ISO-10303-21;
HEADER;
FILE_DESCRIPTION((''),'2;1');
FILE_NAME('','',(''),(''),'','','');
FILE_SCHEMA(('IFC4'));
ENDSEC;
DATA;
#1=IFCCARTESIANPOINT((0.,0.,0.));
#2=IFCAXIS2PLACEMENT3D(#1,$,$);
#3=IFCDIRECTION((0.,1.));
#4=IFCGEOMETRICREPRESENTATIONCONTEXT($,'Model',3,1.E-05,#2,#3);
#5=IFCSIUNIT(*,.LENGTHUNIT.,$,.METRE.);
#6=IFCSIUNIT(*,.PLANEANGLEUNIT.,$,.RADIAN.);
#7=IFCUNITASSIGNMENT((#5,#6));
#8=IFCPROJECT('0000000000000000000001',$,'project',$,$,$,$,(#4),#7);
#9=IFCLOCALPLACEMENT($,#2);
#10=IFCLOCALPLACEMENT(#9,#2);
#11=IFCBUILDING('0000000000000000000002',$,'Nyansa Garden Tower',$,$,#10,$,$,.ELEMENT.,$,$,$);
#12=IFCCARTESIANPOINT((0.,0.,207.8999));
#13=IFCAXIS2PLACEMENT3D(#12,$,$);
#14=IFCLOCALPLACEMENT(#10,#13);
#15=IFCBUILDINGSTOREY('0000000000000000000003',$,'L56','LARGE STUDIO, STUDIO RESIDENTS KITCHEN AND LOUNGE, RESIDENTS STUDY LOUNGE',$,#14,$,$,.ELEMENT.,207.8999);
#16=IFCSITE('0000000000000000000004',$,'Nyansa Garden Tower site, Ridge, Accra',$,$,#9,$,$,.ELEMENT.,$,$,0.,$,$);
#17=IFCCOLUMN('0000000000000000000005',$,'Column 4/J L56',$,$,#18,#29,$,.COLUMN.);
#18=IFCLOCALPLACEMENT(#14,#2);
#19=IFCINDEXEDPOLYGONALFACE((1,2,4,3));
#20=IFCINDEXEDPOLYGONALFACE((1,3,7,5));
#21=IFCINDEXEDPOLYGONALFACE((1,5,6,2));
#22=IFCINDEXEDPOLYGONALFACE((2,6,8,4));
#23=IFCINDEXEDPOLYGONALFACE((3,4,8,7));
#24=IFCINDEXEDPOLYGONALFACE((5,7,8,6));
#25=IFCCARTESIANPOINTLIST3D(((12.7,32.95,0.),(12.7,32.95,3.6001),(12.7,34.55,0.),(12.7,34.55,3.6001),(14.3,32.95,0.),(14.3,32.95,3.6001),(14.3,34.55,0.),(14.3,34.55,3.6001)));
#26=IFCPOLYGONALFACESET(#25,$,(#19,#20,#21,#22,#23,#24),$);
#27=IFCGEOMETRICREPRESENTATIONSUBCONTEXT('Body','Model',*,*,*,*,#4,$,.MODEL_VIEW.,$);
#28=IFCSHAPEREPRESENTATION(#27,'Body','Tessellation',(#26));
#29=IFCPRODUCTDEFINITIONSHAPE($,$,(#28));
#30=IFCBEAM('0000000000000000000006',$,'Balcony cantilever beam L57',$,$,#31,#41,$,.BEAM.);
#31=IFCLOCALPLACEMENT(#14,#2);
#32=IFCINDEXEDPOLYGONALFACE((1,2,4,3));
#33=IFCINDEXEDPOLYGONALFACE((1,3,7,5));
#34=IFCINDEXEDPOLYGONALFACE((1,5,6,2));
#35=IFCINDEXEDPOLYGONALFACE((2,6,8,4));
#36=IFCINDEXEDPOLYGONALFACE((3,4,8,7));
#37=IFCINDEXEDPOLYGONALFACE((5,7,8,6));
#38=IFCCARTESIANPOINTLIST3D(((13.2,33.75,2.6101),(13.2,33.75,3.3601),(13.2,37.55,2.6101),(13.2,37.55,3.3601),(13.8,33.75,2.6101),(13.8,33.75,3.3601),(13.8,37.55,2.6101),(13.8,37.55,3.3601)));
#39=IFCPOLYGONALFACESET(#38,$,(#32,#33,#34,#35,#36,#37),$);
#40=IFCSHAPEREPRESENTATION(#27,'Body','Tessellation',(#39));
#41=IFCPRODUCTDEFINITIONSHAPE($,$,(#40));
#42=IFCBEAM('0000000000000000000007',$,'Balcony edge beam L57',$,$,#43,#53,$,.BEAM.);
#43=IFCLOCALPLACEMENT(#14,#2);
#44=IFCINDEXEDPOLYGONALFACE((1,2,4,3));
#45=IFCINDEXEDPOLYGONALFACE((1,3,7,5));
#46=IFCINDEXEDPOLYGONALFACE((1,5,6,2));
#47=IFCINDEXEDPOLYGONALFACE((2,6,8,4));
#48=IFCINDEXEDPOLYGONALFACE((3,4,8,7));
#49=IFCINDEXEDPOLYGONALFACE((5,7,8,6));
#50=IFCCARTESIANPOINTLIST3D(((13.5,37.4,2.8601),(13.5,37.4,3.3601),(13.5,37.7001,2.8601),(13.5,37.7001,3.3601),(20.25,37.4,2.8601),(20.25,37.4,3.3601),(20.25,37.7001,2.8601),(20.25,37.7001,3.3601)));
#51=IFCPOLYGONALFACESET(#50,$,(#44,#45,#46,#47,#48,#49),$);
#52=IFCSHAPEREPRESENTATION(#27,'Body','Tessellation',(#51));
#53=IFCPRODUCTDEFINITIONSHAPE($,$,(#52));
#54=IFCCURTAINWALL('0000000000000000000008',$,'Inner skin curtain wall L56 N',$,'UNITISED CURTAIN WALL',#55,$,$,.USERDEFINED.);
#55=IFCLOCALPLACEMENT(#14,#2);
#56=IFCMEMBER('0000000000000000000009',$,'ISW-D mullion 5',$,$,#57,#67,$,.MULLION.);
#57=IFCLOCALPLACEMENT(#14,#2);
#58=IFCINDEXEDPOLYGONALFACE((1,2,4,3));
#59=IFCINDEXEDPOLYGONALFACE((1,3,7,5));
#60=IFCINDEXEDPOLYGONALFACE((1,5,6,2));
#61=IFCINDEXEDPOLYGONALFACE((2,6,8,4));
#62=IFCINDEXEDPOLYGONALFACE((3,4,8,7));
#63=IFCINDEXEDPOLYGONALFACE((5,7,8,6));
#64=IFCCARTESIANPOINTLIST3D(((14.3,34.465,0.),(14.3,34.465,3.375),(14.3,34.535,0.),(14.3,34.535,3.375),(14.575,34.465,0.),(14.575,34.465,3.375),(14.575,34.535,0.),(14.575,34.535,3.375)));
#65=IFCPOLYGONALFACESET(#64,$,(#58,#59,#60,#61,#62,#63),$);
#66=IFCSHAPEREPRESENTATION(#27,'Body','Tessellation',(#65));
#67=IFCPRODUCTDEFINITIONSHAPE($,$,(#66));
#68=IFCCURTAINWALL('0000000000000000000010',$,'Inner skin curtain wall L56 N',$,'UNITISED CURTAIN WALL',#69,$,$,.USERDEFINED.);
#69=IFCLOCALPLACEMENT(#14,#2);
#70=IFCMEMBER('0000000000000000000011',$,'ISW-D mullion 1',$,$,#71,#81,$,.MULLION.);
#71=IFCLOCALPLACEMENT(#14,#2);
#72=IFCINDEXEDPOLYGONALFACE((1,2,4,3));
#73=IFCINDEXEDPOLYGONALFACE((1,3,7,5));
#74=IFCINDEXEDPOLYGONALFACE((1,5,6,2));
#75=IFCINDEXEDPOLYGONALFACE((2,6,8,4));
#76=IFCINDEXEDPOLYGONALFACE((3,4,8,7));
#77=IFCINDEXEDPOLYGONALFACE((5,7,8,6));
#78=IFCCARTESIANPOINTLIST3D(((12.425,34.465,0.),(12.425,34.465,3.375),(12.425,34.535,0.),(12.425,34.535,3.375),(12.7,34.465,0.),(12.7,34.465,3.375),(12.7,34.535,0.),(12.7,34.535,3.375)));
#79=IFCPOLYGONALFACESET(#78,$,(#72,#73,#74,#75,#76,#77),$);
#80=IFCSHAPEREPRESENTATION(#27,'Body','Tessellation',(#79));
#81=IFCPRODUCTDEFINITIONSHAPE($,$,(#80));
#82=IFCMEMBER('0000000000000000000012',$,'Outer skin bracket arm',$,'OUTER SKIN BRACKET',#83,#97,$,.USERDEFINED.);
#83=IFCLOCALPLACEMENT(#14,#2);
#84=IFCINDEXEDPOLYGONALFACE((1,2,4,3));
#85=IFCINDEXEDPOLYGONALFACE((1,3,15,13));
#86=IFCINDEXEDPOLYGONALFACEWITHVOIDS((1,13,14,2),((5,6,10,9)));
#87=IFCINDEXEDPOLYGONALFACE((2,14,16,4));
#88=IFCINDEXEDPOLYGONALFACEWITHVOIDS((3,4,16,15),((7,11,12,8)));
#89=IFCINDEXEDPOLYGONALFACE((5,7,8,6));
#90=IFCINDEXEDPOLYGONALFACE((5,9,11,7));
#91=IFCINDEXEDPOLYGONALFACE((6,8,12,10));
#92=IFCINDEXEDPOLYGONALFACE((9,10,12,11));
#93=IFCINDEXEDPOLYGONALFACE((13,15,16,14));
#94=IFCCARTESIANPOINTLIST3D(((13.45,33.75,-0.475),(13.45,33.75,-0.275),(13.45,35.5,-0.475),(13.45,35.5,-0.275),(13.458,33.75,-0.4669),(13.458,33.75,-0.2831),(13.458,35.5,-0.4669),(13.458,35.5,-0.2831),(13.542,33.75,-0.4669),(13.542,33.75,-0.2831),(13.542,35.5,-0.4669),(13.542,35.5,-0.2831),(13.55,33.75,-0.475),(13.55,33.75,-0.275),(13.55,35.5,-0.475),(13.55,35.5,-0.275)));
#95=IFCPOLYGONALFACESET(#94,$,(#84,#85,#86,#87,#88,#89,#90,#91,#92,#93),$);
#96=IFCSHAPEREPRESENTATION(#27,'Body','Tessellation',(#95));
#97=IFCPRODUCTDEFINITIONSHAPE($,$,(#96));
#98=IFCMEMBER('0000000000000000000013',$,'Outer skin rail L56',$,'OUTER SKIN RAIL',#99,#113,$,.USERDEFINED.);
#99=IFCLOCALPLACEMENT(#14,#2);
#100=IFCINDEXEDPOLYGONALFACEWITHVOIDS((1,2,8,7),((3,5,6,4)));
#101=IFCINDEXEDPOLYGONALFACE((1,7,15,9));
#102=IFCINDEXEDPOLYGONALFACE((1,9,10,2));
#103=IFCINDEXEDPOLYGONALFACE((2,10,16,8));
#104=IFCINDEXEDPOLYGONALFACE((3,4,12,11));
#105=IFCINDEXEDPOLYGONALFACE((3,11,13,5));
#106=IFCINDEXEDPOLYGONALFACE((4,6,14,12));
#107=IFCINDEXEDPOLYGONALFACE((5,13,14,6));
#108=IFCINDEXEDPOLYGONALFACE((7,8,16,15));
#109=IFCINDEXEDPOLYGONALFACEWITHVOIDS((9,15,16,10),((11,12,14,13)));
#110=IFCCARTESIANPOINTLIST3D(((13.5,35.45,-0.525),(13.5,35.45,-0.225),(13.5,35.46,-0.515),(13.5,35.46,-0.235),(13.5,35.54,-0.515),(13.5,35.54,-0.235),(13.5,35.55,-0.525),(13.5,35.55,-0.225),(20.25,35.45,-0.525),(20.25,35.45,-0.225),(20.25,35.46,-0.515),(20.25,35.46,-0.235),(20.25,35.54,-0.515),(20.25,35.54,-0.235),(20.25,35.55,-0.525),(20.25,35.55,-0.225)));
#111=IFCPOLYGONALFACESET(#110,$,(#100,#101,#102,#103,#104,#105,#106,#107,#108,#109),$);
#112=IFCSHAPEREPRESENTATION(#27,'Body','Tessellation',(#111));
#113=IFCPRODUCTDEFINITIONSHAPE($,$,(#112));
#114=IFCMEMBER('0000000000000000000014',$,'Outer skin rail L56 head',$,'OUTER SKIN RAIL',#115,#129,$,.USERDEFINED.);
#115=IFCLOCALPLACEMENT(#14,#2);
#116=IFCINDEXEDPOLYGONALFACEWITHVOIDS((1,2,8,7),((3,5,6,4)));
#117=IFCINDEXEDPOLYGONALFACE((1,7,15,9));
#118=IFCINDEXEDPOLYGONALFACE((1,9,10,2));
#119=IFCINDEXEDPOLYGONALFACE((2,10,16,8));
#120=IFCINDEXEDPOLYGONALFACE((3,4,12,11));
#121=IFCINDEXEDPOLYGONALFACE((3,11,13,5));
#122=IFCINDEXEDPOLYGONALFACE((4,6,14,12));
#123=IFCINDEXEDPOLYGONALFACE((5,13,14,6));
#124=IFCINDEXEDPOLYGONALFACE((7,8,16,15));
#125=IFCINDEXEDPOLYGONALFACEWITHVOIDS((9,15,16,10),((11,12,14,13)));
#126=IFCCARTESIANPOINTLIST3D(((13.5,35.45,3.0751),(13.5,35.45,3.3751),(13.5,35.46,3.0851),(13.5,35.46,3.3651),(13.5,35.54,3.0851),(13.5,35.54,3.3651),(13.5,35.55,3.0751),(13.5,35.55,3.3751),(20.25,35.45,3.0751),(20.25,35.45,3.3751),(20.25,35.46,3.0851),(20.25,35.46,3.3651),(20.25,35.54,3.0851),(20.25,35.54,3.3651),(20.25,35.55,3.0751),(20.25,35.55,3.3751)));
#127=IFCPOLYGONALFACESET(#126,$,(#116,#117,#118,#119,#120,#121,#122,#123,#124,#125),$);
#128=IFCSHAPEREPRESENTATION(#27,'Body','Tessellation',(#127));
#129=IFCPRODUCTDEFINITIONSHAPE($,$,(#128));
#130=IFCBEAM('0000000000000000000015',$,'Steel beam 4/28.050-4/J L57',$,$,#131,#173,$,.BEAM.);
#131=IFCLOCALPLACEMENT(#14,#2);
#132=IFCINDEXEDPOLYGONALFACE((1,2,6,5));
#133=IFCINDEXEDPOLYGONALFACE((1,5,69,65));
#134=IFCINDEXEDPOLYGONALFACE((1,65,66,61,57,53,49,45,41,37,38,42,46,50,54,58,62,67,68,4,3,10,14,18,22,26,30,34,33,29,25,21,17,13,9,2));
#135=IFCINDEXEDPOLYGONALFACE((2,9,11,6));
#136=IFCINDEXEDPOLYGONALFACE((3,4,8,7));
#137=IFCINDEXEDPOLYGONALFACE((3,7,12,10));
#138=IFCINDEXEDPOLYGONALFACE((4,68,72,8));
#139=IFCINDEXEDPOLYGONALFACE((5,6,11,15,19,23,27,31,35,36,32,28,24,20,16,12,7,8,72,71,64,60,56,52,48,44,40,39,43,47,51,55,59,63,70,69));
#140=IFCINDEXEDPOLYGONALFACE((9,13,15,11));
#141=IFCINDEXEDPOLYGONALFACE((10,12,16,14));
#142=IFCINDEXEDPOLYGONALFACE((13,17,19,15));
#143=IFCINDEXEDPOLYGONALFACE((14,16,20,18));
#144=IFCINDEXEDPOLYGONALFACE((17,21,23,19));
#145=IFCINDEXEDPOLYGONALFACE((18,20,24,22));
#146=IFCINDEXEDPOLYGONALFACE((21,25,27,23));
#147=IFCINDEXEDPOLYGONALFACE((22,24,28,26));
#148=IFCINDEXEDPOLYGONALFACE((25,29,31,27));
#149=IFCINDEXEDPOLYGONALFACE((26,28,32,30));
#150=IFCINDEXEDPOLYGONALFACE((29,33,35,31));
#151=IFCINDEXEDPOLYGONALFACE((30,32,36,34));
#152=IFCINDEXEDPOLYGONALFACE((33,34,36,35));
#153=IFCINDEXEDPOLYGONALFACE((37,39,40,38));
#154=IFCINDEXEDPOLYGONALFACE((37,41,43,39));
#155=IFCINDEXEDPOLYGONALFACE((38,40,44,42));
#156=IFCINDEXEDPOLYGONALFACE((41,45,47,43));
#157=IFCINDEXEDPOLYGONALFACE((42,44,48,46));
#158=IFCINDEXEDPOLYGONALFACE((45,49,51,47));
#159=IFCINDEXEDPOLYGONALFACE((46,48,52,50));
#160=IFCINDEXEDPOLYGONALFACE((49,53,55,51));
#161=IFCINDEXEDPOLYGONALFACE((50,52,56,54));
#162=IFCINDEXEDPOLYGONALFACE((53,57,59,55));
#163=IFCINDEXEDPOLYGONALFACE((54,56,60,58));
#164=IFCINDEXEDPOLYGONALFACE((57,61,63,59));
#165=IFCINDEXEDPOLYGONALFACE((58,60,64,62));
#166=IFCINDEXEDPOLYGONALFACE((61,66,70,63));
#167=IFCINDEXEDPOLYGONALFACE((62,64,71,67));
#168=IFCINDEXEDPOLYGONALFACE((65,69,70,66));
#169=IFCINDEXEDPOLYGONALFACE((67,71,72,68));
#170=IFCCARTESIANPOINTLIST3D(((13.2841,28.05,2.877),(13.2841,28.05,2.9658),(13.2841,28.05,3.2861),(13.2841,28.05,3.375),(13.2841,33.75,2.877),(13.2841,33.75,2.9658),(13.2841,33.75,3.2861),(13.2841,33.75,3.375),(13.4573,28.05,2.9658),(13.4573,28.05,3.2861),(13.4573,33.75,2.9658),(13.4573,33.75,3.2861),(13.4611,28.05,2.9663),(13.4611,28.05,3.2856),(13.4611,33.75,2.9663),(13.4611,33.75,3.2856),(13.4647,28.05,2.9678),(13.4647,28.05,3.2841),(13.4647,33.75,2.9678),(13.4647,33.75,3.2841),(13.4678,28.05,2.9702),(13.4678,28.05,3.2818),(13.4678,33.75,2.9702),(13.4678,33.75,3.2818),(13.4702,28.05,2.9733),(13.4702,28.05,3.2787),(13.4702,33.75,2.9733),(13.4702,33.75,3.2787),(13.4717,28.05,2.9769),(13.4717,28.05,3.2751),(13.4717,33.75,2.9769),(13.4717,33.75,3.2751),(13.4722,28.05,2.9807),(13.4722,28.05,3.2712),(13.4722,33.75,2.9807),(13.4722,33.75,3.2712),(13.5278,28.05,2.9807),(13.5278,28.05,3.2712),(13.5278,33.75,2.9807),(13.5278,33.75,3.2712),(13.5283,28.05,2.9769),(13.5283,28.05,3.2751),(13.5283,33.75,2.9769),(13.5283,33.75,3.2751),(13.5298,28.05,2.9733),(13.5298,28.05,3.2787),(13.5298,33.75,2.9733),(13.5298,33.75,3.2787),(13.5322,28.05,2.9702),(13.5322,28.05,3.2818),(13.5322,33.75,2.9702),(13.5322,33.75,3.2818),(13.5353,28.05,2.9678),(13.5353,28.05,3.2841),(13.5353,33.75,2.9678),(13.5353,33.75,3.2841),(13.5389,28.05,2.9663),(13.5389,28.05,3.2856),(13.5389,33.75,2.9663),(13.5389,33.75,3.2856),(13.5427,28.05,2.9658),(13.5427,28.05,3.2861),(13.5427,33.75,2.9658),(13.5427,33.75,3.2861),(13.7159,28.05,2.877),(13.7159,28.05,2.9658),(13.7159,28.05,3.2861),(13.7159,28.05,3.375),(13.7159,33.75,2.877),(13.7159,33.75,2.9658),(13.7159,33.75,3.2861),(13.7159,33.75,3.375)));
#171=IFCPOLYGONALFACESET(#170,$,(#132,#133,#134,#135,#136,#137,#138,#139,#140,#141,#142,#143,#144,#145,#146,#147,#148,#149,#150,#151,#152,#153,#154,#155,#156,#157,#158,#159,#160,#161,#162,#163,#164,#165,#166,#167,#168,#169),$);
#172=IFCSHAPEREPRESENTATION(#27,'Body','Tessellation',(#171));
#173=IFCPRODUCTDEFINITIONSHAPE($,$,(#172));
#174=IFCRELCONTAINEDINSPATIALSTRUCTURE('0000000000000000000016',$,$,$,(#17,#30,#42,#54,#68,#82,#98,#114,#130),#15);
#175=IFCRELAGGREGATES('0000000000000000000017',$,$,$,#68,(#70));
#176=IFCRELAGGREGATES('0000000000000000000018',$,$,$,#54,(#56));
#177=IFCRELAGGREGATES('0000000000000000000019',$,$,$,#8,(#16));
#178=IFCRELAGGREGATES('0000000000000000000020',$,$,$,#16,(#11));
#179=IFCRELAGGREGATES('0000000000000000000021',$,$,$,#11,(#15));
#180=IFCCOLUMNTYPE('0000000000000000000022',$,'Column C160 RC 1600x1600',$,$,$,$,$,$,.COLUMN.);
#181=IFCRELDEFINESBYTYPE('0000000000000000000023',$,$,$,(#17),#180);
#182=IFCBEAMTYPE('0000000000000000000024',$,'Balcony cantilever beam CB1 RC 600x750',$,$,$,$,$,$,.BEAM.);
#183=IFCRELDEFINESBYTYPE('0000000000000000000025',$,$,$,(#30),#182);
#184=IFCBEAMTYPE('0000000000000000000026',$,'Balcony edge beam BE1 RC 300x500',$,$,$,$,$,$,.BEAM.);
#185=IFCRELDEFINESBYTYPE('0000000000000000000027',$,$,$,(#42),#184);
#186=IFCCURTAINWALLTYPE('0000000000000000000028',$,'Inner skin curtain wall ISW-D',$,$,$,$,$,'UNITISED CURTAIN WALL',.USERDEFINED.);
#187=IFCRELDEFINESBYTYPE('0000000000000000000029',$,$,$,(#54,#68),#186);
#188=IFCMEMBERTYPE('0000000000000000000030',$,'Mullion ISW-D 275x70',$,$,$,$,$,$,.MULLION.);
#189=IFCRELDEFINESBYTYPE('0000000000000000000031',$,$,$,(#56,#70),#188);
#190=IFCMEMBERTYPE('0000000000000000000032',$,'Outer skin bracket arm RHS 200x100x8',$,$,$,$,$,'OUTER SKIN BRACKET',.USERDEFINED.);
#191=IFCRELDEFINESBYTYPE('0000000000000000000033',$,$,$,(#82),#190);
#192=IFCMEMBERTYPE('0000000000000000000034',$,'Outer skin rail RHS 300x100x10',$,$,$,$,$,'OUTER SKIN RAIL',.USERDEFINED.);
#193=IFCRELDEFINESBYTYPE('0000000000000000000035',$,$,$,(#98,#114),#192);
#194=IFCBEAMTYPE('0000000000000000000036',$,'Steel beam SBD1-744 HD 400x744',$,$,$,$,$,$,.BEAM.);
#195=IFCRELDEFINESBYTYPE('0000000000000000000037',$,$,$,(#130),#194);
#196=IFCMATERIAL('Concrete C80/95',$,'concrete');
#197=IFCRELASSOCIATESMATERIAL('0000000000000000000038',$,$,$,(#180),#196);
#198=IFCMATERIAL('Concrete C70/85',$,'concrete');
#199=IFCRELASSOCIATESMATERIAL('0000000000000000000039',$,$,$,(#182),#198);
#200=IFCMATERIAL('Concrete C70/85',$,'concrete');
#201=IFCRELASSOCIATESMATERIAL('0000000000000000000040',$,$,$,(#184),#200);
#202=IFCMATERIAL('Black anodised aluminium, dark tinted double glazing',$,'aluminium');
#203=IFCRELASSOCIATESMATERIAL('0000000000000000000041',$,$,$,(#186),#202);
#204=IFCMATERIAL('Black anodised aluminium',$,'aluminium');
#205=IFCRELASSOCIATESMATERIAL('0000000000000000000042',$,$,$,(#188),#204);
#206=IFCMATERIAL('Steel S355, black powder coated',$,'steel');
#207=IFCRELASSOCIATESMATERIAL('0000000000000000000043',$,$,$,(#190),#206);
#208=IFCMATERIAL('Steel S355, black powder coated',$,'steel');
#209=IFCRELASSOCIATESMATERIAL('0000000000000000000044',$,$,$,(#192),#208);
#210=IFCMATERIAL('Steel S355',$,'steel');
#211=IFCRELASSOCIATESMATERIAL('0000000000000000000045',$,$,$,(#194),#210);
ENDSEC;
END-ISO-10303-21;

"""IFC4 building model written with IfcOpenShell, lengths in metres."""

from ifc_helpers import new_model, si_unit, direction, frame, origin, origin_2d, place, context, subcontext, project, spatial, rectangle, hollow_rectangle, i_section, extrude, material, material_profile, profile_set, type_object, element, aggregate, save


model = new_model("IFC4")

# Units and contexts
model_context = context("Model", 3, precision=1e-05, world=origin(), true_north=direction((0.0, 1.0)))
body_context = subcontext(model_context, "Body", "Model", "MODEL_VIEW")
ifc_project = project(units=[si_unit("LENGTHUNIT", "METRE"), si_unit("PLANEANGLEUNIT", "RADIAN")], contexts=[model_context])

# Site, building, storey
site_placement = place(None, origin())
site = spatial("IfcSite", under=ifc_project, at=site_placement, Name="Nyansa Garden Tower site, Ridge, Accra", CompositionType="ELEMENT", RefElevation=0.0)
building_placement = place(site_placement, origin())
building = spatial("IfcBuilding", under=site, at=building_placement, Name="Nyansa Garden Tower", CompositionType="ELEMENT")
storey_placement = place(building_placement, frame((0.0, 0.0, 207.8999)))
storey = spatial("IfcBuildingStorey", under=building, at=storey_placement, Name="L56", Description="LARGE STUDIO, STUDIO RESIDENTS KITCHEN AND LOUNGE, RESIDENTS STUDY LOUNGE", CompositionType="ELEMENT", Elevation=207.8999)

# Column
ifc_material_1 = material(Name="Concrete C80/95", Category="concrete")
ifc_material_profile_1 = material_profile(ifc_material_1, rectangle(XDim=1.6001, YDim=1.6001, at=origin_2d()), Name="RC 1600x1600")
ifc_profile_set_1 = profile_set([ifc_material_profile_1], Name="Concrete C80/95")
column_type = type_object("IfcColumnType", Name="Column C160 RC 1600x1600", PredefinedType="COLUMN", material=ifc_profile_set_1)
column_placement = place(storey_placement, frame((13.5, 33.75, 0.0), z_axis=(0.0, 0.0, 1.0), x_axis=(1.0, 0.0, 0.0)))
element("IfcColumn", 1, at=column_placement, inside=storey, type_object=column_type, Name="Column 4/J L56", PredefinedType="COLUMN", context=body_context, shape_type="SweptSolid", body=[
    extrude(rectangle(XDim=1.6001, YDim=1.6001, at=origin_2d()), origin(), (0.0, 0.0, 1.0), 3.6001),
])

# Beams
ifc_material_2 = material(Name="Concrete C70/85", Category="concrete")
ifc_material_profile_2 = material_profile(ifc_material_2, rectangle(XDim=0.6001, YDim=0.75, at=origin_2d()), Name="RC 600x750")
ifc_profile_set_2 = profile_set([ifc_material_profile_2], Name="Concrete C70/85")
beam_type_1 = type_object("IfcBeamType", Name="Balcony cantilever beam CB1 RC 600x750", PredefinedType="BEAM", material=ifc_profile_set_2)
beam_1_placement = place(storey_placement, frame((13.5, 33.75, 2.9851), z_axis=(0.0, 1.0, 0.0), x_axis=(-1.0, 0.0, 0.0)))
element("IfcBeam", 2, at=beam_1_placement, inside=storey, type_object=beam_type_1, Name="Balcony cantilever beam L57", PredefinedType="BEAM", context=body_context, shape_type="SweptSolid", body=[
    extrude(rectangle(XDim=0.6001, YDim=0.75, at=origin_2d()), origin(), (0.0, 0.0, 1.0), 3.8),
])
ifc_material_3 = material(Name="Concrete C70/85", Category="concrete")
ifc_material_profile_3 = material_profile(ifc_material_3, rectangle(XDim=0.3, YDim=0.5, at=origin_2d()), Name="RC 300x500")
ifc_profile_set_3 = profile_set([ifc_material_profile_3], Name="Concrete C70/85")
beam_type_2 = type_object("IfcBeamType", Name="Balcony edge beam BE1 RC 300x500", PredefinedType="BEAM", material=ifc_profile_set_3)
beam_2_placement = place(storey_placement, frame((13.5, 37.55, 3.1101), z_axis=(1.0, 0.0, 0.0), x_axis=(0.0, 1.0, 0.0)))
element("IfcBeam", 3, at=beam_2_placement, inside=storey, type_object=beam_type_2, Name="Balcony edge beam L57", PredefinedType="BEAM", context=body_context, shape_type="SweptSolid", body=[
    extrude(rectangle(XDim=0.3, YDim=0.5, at=origin_2d()), origin(), (0.0, 0.0, 1.0), 6.75),
])

# Curtain walls, members
ifc_material_4 = material(Name="Black anodised aluminium, dark tinted double glazing", Category="aluminium")
curtain_wall_type = type_object("IfcCurtainWallType", Name="Inner skin curtain wall ISW-D", ElementType="UNITISED CURTAIN WALL", PredefinedType="USERDEFINED", material=ifc_material_4)
curtain_wall_1_placement = place(storey_placement, origin())
curtain_wall_1 = element("IfcCurtainWall", 4, at=curtain_wall_1_placement, inside=storey, type_object=curtain_wall_type, Name="Inner skin curtain wall L56 N", ObjectType="UNITISED CURTAIN WALL", PredefinedType="USERDEFINED")
ifc_material_5 = material(Name="Black anodised aluminium", Category="aluminium")
ifc_material_profile_4 = material_profile(ifc_material_5, rectangle(XDim=0.0701, YDim=0.2749, at=origin_2d()), Name="Mullion 275x70")
ifc_profile_set_4 = profile_set([ifc_material_profile_4], Name="Black anodised aluminium")
member_type_1 = type_object("IfcMemberType", Name="Mullion ISW-D 275x70", PredefinedType="MULLION", material=ifc_profile_set_4)
member_1_placement = place(storey_placement, frame((14.4375, 34.5, 0.0), z_axis=(0.0, 0.0, 1.0), x_axis=(0.0, -1.0, 0.0)))
member_1 = element("IfcMember", 5, at=member_1_placement, type_object=member_type_1, Name="ISW-D mullion 5", PredefinedType="MULLION", context=body_context, shape_type="SweptSolid", body=[
    extrude(rectangle(XDim=0.0701, YDim=0.2749, at=origin_2d()), origin(), (0.0, 0.0, 1.0), 3.375),
])
curtain_wall_2_placement = place(storey_placement, origin())
curtain_wall_2 = element("IfcCurtainWall", 6, at=curtain_wall_2_placement, inside=storey, type_object=curtain_wall_type, Name="Inner skin curtain wall L56 N", ObjectType="UNITISED CURTAIN WALL", PredefinedType="USERDEFINED")
member_2_placement = place(storey_placement, frame((12.5625, 34.5, 0.0), z_axis=(0.0, 0.0, 1.0), x_axis=(0.0, -1.0, 0.0)))
member_2 = element("IfcMember", 7, at=member_2_placement, type_object=member_type_1, Name="ISW-D mullion 1", PredefinedType="MULLION", context=body_context, shape_type="SweptSolid", body=[
    extrude(rectangle(XDim=0.0701, YDim=0.2749, at=origin_2d()), origin(), (0.0, 0.0, 1.0), 3.375),
])

# Members
ifc_material_6 = material(Name="Steel S355, black powder coated", Category="steel")
ifc_material_profile_5 = material_profile(ifc_material_6, hollow_rectangle(XDim=0.1001, YDim=0.2, WallThickness=0.0081, at=origin_2d()), Name="RHS 200x100x8")
ifc_profile_set_5 = profile_set([ifc_material_profile_5], Name="Steel S355, black powder coated")
member_type_2 = type_object("IfcMemberType", Name="Outer skin bracket arm RHS 200x100x8", ElementType="OUTER SKIN BRACKET", PredefinedType="USERDEFINED", material=ifc_profile_set_5)
member_3_placement = place(storey_placement, frame((13.5, 33.75, -0.375), z_axis=(0.0, 1.0, 0.0), x_axis=(-1.0, 0.0, 0.0)))
element("IfcMember", 8, at=member_3_placement, inside=storey, type_object=member_type_2, Name="Outer skin bracket arm", ObjectType="OUTER SKIN BRACKET", PredefinedType="USERDEFINED", context=body_context, shape_type="SweptSolid", body=[
    extrude(hollow_rectangle(XDim=0.1001, YDim=0.2, WallThickness=0.0081, at=origin_2d()), origin(), (0.0, 0.0, 1.0), 1.75),
])
ifc_material_7 = material(Name="Steel S355, black powder coated", Category="steel")
ifc_material_profile_6 = material_profile(ifc_material_7, hollow_rectangle(XDim=0.1001, YDim=0.3, WallThickness=0.01, at=origin_2d()), Name="RHS 300x100x10")
ifc_profile_set_6 = profile_set([ifc_material_profile_6], Name="Steel S355, black powder coated")
member_type_3 = type_object("IfcMemberType", Name="Outer skin rail RHS 300x100x10", ElementType="OUTER SKIN RAIL", PredefinedType="USERDEFINED", material=ifc_profile_set_6)
for number, where, z_axis, x_axis, name in (
    (9, (13.5, 35.5, -0.375), (1.0, 0.0, 0.0), (0.0, 1.0, 0.0), "Outer skin rail L56"),
    (10, (13.5, 35.5, 3.2251), (1.0, 0.0, 0.0), (0.0, 1.0, 0.0), "Outer skin rail L56 head"),
):
    element("IfcMember", number, at=place(storey_placement, frame(where, z_axis=z_axis, x_axis=x_axis)), inside=storey, type_object=member_type_3, Name=name, ObjectType="OUTER SKIN RAIL", PredefinedType="USERDEFINED", context=body_context, shape_type="SweptSolid", body=[
        extrude(hollow_rectangle(XDim=0.1001, YDim=0.3, WallThickness=0.01, at=origin_2d()), origin(), (0.0, 0.0, 1.0), 6.75),
    ])

# Beam
ifc_material_8 = material(Name="Steel S355", Category="steel")
ifc_material_profile_7 = material_profile(ifc_material_8, i_section(OverallWidth=0.4319, OverallDepth=0.498, WebThickness=0.0557, FlangeThickness=0.0889, FilletRadius=0.0149, at=origin_2d()), Name="HD 400x744")
ifc_profile_set_7 = profile_set([ifc_material_profile_7], Name="Steel S355")
beam_type_3 = type_object("IfcBeamType", Name="Steel beam SBD1-744 HD 400x744", PredefinedType="BEAM", material=ifc_profile_set_7)
beam_3_placement = place(storey_placement, frame((13.5, 28.05, 3.126), z_axis=(0.0, 1.0, 0.0), x_axis=(-1.0, 0.0, 0.0)))
element("IfcBeam", 11, at=beam_3_placement, inside=storey, type_object=beam_type_3, Name="Steel beam 4/28.050-4/J L57", PredefinedType="BEAM", context=body_context, shape_type="SweptSolid", body=[
    extrude(i_section(OverallWidth=0.4319, OverallDepth=0.498, WebThickness=0.0557, FlangeThickness=0.0889, FilletRadius=0.0149, at=origin_2d()), origin(), (0.0, 0.0, 1.0), 5.7),
])

aggregate(curtain_wall_2, [member_2])

aggregate(curtain_wall_1, [member_1])

save(model, "model.ifc")
